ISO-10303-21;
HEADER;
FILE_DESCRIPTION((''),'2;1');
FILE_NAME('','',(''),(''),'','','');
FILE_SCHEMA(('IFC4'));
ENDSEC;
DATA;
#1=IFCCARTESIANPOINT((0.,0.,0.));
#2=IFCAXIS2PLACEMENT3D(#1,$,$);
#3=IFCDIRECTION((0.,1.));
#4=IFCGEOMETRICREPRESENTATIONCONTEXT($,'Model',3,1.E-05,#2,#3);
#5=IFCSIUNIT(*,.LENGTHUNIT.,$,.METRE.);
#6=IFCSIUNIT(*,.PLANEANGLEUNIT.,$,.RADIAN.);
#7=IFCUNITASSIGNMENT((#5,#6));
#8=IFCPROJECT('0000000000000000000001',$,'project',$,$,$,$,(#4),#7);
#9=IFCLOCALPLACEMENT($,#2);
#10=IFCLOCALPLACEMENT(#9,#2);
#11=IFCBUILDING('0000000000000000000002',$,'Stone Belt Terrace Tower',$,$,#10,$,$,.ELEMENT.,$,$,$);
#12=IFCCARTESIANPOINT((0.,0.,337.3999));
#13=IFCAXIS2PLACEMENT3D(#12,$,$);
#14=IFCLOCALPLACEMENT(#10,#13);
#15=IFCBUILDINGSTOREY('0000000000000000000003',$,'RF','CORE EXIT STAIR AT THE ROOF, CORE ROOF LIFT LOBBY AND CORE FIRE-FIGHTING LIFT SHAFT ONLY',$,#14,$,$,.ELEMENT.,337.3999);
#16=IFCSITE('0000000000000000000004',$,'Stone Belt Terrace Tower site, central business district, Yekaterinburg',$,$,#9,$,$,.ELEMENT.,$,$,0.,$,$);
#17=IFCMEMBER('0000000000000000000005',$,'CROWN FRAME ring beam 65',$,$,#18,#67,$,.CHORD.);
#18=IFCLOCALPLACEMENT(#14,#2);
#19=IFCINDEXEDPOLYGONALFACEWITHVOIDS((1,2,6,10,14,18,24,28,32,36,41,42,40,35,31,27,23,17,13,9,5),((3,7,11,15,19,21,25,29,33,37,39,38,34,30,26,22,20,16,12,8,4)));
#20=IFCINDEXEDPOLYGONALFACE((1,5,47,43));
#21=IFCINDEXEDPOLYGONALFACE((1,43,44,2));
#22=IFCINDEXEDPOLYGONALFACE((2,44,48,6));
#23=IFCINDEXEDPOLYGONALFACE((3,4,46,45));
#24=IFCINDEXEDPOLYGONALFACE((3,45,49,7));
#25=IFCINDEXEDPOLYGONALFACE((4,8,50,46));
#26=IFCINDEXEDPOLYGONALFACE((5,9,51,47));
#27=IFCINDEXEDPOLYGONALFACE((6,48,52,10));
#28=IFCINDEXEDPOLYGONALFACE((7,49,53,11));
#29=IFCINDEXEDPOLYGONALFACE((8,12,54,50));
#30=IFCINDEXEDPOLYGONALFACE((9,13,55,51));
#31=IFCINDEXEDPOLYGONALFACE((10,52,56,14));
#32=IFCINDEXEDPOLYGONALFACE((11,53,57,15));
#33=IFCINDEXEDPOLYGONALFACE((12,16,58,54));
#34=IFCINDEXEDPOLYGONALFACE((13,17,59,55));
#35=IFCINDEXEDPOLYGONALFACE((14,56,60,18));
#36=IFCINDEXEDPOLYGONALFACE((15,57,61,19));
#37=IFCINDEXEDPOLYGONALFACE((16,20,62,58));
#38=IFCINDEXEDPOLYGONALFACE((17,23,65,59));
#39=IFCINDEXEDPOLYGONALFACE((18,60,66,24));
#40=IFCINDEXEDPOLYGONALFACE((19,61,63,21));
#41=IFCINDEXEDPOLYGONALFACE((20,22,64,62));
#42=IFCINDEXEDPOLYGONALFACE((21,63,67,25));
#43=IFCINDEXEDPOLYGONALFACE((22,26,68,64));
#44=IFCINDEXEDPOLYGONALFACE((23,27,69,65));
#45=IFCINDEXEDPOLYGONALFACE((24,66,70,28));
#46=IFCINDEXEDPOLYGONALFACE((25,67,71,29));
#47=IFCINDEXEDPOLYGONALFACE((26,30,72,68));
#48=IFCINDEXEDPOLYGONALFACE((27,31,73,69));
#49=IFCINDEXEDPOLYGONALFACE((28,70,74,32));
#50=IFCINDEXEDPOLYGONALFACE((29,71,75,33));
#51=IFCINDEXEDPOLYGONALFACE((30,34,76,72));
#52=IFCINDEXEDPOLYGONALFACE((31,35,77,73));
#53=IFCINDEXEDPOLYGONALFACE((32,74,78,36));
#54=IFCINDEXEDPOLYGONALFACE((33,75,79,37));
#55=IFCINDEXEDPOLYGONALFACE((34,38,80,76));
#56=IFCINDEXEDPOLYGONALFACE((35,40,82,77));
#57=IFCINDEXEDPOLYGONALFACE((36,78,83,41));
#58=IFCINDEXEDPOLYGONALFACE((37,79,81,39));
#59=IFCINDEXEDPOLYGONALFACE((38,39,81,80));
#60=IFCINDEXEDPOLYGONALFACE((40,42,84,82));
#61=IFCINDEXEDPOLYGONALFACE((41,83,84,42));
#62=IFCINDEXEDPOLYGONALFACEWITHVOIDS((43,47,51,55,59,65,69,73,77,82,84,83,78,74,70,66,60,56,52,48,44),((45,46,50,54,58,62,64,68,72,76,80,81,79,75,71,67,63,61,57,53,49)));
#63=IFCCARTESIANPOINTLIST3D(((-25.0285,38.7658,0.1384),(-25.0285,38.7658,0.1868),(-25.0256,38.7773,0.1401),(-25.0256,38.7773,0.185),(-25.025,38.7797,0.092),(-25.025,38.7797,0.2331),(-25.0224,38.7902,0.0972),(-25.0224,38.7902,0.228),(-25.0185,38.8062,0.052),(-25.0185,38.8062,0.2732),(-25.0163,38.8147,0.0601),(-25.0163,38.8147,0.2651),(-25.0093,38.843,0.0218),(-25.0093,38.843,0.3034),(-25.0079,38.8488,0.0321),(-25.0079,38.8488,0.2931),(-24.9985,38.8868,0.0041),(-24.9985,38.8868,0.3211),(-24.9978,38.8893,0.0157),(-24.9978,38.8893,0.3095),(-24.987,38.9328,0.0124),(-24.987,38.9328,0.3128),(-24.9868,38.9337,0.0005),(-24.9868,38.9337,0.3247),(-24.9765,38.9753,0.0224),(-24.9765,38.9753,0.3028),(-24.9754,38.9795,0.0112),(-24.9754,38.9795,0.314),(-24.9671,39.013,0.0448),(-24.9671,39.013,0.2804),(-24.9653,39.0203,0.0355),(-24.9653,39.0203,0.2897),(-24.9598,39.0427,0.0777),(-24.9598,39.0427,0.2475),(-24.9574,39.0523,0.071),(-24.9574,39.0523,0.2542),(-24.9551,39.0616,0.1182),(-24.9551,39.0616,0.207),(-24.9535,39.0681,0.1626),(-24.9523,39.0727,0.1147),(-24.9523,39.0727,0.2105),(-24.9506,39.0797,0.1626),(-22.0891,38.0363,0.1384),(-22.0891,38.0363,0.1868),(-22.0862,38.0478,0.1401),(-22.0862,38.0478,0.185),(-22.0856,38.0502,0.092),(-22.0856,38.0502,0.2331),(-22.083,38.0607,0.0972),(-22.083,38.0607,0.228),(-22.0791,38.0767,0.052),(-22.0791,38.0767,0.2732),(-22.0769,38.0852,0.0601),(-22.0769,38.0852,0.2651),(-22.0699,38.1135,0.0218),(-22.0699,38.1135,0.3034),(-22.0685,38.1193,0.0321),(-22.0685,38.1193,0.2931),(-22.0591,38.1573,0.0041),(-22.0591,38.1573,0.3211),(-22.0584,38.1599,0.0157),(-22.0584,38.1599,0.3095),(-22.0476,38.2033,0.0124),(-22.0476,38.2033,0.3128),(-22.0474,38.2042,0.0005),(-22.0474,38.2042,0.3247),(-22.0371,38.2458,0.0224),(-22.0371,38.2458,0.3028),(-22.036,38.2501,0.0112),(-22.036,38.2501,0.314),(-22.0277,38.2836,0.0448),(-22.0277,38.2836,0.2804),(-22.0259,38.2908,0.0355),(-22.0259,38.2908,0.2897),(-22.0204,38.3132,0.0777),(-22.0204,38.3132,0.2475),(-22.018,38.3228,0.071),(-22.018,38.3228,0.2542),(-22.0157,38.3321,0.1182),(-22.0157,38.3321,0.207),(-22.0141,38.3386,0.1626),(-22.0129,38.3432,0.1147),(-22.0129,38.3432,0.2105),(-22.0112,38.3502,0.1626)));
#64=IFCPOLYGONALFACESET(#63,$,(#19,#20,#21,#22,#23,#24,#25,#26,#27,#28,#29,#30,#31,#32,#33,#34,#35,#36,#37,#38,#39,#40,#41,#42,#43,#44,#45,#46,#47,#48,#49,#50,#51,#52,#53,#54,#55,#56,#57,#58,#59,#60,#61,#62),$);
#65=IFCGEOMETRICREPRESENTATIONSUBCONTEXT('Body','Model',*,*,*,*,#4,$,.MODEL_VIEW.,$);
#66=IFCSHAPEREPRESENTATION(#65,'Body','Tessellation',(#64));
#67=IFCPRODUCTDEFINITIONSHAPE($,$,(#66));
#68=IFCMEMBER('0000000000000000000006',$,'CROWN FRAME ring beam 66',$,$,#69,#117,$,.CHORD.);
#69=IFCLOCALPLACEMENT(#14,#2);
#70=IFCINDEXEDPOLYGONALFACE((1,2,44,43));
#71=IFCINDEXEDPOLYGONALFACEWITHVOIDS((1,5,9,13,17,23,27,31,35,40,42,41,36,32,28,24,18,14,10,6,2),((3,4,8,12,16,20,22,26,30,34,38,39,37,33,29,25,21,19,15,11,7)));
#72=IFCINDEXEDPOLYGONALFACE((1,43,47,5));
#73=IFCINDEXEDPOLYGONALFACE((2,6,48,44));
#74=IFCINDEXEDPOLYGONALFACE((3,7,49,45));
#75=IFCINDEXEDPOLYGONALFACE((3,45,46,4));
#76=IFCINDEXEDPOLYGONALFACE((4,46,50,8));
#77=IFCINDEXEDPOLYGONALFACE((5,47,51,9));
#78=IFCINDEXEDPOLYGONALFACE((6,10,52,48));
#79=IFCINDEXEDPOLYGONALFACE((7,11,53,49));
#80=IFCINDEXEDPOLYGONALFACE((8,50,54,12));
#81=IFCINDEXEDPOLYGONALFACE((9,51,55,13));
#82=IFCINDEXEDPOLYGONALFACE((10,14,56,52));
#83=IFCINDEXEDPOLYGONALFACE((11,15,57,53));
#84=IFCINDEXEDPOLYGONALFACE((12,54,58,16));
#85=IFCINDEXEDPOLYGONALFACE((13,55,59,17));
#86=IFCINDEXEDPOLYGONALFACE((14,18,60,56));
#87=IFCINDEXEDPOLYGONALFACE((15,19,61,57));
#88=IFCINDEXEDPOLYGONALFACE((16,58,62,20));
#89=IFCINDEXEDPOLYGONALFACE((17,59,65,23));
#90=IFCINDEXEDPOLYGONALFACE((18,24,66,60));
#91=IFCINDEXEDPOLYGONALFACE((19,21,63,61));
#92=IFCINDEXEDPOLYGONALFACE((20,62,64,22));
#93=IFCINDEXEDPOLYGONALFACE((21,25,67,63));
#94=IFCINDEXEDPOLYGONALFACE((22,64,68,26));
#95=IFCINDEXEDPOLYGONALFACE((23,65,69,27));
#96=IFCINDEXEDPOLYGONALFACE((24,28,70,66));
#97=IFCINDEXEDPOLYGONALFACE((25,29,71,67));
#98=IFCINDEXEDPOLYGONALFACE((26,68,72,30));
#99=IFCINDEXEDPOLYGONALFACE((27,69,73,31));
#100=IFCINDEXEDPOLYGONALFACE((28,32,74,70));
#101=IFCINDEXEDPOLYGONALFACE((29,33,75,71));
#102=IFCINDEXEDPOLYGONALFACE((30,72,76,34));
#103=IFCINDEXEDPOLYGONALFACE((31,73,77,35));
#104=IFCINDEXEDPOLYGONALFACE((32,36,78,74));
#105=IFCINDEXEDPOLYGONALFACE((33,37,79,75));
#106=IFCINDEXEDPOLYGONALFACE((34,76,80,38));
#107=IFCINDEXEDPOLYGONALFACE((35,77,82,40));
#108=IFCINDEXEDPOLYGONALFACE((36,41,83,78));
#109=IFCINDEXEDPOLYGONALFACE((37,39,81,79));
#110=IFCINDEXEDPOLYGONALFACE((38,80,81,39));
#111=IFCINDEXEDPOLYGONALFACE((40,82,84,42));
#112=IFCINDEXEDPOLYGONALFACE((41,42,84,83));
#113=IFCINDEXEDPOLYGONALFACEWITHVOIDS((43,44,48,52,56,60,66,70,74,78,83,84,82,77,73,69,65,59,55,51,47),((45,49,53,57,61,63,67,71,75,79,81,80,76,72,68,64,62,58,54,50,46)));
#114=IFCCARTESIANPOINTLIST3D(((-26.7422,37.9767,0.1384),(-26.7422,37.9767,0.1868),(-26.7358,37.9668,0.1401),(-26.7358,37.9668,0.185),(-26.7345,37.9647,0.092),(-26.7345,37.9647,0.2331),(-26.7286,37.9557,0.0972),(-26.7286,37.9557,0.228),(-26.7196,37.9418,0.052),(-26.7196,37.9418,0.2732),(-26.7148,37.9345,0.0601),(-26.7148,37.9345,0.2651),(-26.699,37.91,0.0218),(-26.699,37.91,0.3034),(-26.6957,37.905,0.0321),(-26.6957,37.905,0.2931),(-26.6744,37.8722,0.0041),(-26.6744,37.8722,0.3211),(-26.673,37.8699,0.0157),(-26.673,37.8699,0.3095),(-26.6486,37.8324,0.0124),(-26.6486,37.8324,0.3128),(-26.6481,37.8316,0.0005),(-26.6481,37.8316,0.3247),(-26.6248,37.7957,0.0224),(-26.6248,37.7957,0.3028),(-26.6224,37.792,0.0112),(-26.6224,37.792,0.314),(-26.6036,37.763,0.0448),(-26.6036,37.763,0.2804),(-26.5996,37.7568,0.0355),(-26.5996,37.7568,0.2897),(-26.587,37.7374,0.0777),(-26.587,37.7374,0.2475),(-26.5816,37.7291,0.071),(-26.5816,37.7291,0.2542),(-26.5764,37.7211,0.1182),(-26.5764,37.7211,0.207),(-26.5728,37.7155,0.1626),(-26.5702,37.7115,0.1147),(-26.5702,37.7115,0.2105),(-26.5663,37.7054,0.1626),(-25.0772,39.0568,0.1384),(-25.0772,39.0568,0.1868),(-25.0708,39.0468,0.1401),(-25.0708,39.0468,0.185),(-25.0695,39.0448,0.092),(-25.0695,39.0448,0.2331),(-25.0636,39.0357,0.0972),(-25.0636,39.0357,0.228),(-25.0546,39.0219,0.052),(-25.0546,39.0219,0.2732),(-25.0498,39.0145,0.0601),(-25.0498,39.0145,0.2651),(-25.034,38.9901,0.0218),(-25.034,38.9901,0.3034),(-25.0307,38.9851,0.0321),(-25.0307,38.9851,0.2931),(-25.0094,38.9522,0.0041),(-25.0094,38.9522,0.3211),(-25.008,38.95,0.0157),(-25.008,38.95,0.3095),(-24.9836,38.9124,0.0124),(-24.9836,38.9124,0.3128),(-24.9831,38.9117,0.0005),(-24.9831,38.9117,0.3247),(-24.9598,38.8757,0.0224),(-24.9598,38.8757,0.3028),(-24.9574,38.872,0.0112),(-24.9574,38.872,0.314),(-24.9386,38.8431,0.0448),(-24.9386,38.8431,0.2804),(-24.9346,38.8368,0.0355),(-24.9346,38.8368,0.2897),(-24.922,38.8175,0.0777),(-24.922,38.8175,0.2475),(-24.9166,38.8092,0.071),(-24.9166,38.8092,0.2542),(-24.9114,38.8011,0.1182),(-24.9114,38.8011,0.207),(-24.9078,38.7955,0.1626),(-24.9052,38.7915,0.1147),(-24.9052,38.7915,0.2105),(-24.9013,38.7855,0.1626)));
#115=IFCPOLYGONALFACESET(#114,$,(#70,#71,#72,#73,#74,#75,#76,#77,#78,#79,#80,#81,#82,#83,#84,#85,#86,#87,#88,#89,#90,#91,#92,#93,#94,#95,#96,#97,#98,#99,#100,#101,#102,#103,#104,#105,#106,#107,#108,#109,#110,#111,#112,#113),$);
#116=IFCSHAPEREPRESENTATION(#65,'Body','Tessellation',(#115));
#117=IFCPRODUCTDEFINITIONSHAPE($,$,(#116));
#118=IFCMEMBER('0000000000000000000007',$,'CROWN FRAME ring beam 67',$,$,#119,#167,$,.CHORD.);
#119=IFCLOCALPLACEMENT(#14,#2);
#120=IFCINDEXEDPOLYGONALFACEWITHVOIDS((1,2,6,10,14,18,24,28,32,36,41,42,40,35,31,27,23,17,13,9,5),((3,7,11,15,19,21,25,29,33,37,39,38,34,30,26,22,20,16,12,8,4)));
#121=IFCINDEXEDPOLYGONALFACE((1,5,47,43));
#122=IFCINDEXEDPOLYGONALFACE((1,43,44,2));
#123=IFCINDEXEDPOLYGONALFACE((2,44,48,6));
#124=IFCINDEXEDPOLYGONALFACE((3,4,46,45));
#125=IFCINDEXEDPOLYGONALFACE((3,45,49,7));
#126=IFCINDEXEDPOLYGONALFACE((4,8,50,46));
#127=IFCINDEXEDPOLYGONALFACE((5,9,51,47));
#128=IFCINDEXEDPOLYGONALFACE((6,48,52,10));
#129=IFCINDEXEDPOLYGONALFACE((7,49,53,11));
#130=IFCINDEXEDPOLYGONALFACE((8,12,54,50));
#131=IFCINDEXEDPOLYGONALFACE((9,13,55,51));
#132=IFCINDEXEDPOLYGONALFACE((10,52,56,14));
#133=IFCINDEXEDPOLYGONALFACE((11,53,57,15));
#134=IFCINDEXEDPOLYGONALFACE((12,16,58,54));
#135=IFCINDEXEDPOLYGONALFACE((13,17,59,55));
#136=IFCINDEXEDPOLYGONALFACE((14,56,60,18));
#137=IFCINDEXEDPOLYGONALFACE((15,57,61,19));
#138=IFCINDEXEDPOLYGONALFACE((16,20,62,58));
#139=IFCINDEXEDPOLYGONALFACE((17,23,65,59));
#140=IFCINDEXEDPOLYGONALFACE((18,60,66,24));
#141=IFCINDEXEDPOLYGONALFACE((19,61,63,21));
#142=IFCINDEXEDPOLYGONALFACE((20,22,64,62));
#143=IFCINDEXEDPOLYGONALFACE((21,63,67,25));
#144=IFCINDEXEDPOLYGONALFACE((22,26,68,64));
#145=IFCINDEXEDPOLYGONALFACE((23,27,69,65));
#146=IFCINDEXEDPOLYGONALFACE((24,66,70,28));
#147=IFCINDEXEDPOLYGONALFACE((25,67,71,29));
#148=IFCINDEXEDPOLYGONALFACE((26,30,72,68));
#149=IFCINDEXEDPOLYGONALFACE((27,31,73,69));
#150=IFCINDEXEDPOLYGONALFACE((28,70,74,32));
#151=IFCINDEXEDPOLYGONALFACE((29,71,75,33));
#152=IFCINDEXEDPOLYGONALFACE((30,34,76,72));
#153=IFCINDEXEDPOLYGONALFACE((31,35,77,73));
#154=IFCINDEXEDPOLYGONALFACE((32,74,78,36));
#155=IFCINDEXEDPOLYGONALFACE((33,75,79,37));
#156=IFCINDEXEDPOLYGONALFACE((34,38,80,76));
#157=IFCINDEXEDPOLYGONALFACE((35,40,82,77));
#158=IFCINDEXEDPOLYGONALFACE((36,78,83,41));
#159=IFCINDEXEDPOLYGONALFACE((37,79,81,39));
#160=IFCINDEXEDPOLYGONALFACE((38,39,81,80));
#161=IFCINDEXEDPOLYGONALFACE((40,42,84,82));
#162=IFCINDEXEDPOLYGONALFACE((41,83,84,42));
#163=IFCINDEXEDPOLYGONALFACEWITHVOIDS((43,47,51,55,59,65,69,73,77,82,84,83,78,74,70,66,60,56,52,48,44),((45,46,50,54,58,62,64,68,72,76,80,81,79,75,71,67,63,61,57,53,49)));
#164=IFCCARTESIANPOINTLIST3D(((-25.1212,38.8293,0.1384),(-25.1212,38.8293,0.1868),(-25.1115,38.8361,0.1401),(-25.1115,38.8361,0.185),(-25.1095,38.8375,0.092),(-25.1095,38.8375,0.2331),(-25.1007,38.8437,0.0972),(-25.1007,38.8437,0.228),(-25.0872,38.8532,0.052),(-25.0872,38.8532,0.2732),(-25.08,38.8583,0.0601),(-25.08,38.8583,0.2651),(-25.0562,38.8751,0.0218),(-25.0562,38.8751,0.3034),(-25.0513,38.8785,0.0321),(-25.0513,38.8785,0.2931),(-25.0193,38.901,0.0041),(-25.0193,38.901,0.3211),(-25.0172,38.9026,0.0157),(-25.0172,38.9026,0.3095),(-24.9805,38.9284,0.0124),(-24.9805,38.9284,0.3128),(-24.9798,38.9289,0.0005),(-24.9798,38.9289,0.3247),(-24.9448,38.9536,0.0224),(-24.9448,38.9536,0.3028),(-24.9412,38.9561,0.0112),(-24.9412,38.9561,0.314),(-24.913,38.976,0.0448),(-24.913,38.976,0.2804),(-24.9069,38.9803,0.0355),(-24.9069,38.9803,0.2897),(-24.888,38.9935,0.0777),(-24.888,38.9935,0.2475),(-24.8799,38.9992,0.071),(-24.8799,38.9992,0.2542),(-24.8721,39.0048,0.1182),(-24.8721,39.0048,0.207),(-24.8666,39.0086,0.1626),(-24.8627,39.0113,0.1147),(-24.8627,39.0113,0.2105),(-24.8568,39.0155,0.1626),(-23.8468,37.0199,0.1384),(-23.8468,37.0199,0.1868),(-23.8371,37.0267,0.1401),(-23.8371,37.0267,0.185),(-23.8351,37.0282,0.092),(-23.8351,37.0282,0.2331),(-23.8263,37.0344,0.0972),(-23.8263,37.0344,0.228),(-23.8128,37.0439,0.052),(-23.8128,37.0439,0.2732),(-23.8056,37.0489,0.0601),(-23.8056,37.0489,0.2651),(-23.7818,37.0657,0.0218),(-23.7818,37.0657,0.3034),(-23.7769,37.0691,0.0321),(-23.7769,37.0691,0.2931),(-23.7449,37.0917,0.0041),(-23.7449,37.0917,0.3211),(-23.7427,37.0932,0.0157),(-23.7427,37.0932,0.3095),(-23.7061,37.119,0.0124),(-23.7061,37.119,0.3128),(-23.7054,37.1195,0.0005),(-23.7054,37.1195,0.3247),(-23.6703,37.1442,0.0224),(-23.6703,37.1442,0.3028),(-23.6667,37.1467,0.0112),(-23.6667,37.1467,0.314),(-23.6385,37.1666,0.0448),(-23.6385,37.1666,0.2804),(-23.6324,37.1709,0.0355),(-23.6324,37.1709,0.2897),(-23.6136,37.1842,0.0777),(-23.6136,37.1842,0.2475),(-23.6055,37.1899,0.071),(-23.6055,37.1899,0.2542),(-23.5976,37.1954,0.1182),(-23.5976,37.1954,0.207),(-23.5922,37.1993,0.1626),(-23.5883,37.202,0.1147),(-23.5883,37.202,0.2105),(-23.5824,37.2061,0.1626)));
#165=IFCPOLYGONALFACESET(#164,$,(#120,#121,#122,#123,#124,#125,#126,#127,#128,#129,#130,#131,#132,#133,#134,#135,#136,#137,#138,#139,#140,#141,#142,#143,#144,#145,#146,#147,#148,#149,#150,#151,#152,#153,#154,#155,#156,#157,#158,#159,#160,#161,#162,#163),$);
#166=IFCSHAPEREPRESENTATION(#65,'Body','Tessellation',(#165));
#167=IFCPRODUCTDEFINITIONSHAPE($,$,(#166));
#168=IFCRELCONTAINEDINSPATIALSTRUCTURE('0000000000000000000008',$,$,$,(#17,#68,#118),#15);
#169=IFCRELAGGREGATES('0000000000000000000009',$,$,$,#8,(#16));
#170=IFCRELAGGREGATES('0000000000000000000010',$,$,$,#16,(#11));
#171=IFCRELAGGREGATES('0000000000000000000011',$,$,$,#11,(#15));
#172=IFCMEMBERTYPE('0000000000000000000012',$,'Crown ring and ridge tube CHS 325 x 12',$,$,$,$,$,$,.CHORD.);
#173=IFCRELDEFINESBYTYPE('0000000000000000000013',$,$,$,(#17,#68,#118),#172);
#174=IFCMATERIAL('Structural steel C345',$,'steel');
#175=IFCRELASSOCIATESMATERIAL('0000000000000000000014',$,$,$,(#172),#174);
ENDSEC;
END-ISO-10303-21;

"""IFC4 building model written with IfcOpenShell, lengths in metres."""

from ifc_helpers import new_model, si_unit, direction, frame, origin, origin_2d, place, context, subcontext, project, spatial, hollow_circle, extrude, material, material_profile, profile_set, type_object, element, save


model = new_model("IFC4")

# Units and contexts
model_context = context("Model", 3, precision=1e-05, world=origin(), true_north=direction((0.0, 1.0)))
body_context = subcontext(model_context, "Body", "Model", "MODEL_VIEW")
ifc_project = project(units=[si_unit("LENGTHUNIT", "METRE"), si_unit("PLANEANGLEUNIT", "RADIAN")], contexts=[model_context])

# Site, building, storey
site_placement = place(None, origin())
site = spatial("IfcSite", under=ifc_project, at=site_placement, Name="Stone Belt Terrace Tower site, central business district, Yekaterinburg", CompositionType="ELEMENT", RefElevation=0.0)
building_placement = place(site_placement, origin())
building = spatial("IfcBuilding", under=site, at=building_placement, Name="Stone Belt Terrace Tower", CompositionType="ELEMENT")
storey_placement = place(building_placement, frame((0.0, 0.0, 337.3999)))
storey = spatial("IfcBuildingStorey", under=building, at=storey_placement, Name="RF", Description="CORE EXIT STAIR AT THE ROOF, CORE ROOF LIFT LOBBY AND CORE FIRE-FIGHTING LIFT SHAFT ONLY", CompositionType="ELEMENT", Elevation=337.3999)

# Members
ifc_material_1 = material(Name="Structural steel C345", Category="steel")
ifc_material_profile_1 = material_profile(ifc_material_1, hollow_circle(Radius=0.1626, WallThickness=0.012, at=origin_2d()), Name="Structural steel C345 CHS 325x12")
ifc_profile_set_1 = profile_set([ifc_material_profile_1], Name="Structural steel C345")
member_type_1 = type_object("IfcMemberType", Name="Crown ring and ridge tube CHS 325 x 12", PredefinedType="CHORD", material=ifc_profile_set_1)
member_1_placement = place(storey_placement, frame((-24.9897, 38.9219, 0.1626), z_axis=(0.970558, -0.240866, 0.0), x_axis=(0.240866, 0.970558, 0.0)))
element("IfcMember", 1, at=member_1_placement, inside=storey, type_object=member_type_1, Name="CROWN FRAME ring beam 65", PredefinedType="CHORD", context=body_context, shape_type="SweptSolid", body=[
    extrude(hollow_circle(Radius=0.1626, WallThickness=0.012, at=origin_2d()), origin(), (0.0, 0.0, 1.0), 3.0286),
])
member_2_placement = place(storey_placement, frame((-24.9897, 38.9219, 0.1626), z_axis=(-0.838949, -0.54421, 0.0), x_axis=(0.54421, -0.838949, 0.0)))
element("IfcMember", 2, at=member_2_placement, inside=storey, type_object=member_type_1, Name="CROWN FRAME ring beam 66", PredefinedType="CHORD", context=body_context, shape_type="SweptSolid", body=[
    extrude(hollow_circle(Radius=0.1626, WallThickness=0.012, at=origin_2d()), origin(), (0.0, 0.0, 1.0), 1.9846),
])
member_3_placement = place(storey_placement, frame((-24.9897, 38.9219, 0.1626), z_axis=(0.575851, -0.817554, 0.0), x_axis=(0.817554, 0.575851, 0.0)))
element("IfcMember", 3, at=member_3_placement, inside=storey, type_object=member_type_1, Name="CROWN FRAME ring beam 67", PredefinedType="CHORD", context=body_context, shape_type="SweptSolid", body=[
    extrude(hollow_circle(Radius=0.1626, WallThickness=0.012, at=origin_2d()), origin(), (0.0, 0.0, 1.0), 2.2131),
])

save(model, "model.ifc")
